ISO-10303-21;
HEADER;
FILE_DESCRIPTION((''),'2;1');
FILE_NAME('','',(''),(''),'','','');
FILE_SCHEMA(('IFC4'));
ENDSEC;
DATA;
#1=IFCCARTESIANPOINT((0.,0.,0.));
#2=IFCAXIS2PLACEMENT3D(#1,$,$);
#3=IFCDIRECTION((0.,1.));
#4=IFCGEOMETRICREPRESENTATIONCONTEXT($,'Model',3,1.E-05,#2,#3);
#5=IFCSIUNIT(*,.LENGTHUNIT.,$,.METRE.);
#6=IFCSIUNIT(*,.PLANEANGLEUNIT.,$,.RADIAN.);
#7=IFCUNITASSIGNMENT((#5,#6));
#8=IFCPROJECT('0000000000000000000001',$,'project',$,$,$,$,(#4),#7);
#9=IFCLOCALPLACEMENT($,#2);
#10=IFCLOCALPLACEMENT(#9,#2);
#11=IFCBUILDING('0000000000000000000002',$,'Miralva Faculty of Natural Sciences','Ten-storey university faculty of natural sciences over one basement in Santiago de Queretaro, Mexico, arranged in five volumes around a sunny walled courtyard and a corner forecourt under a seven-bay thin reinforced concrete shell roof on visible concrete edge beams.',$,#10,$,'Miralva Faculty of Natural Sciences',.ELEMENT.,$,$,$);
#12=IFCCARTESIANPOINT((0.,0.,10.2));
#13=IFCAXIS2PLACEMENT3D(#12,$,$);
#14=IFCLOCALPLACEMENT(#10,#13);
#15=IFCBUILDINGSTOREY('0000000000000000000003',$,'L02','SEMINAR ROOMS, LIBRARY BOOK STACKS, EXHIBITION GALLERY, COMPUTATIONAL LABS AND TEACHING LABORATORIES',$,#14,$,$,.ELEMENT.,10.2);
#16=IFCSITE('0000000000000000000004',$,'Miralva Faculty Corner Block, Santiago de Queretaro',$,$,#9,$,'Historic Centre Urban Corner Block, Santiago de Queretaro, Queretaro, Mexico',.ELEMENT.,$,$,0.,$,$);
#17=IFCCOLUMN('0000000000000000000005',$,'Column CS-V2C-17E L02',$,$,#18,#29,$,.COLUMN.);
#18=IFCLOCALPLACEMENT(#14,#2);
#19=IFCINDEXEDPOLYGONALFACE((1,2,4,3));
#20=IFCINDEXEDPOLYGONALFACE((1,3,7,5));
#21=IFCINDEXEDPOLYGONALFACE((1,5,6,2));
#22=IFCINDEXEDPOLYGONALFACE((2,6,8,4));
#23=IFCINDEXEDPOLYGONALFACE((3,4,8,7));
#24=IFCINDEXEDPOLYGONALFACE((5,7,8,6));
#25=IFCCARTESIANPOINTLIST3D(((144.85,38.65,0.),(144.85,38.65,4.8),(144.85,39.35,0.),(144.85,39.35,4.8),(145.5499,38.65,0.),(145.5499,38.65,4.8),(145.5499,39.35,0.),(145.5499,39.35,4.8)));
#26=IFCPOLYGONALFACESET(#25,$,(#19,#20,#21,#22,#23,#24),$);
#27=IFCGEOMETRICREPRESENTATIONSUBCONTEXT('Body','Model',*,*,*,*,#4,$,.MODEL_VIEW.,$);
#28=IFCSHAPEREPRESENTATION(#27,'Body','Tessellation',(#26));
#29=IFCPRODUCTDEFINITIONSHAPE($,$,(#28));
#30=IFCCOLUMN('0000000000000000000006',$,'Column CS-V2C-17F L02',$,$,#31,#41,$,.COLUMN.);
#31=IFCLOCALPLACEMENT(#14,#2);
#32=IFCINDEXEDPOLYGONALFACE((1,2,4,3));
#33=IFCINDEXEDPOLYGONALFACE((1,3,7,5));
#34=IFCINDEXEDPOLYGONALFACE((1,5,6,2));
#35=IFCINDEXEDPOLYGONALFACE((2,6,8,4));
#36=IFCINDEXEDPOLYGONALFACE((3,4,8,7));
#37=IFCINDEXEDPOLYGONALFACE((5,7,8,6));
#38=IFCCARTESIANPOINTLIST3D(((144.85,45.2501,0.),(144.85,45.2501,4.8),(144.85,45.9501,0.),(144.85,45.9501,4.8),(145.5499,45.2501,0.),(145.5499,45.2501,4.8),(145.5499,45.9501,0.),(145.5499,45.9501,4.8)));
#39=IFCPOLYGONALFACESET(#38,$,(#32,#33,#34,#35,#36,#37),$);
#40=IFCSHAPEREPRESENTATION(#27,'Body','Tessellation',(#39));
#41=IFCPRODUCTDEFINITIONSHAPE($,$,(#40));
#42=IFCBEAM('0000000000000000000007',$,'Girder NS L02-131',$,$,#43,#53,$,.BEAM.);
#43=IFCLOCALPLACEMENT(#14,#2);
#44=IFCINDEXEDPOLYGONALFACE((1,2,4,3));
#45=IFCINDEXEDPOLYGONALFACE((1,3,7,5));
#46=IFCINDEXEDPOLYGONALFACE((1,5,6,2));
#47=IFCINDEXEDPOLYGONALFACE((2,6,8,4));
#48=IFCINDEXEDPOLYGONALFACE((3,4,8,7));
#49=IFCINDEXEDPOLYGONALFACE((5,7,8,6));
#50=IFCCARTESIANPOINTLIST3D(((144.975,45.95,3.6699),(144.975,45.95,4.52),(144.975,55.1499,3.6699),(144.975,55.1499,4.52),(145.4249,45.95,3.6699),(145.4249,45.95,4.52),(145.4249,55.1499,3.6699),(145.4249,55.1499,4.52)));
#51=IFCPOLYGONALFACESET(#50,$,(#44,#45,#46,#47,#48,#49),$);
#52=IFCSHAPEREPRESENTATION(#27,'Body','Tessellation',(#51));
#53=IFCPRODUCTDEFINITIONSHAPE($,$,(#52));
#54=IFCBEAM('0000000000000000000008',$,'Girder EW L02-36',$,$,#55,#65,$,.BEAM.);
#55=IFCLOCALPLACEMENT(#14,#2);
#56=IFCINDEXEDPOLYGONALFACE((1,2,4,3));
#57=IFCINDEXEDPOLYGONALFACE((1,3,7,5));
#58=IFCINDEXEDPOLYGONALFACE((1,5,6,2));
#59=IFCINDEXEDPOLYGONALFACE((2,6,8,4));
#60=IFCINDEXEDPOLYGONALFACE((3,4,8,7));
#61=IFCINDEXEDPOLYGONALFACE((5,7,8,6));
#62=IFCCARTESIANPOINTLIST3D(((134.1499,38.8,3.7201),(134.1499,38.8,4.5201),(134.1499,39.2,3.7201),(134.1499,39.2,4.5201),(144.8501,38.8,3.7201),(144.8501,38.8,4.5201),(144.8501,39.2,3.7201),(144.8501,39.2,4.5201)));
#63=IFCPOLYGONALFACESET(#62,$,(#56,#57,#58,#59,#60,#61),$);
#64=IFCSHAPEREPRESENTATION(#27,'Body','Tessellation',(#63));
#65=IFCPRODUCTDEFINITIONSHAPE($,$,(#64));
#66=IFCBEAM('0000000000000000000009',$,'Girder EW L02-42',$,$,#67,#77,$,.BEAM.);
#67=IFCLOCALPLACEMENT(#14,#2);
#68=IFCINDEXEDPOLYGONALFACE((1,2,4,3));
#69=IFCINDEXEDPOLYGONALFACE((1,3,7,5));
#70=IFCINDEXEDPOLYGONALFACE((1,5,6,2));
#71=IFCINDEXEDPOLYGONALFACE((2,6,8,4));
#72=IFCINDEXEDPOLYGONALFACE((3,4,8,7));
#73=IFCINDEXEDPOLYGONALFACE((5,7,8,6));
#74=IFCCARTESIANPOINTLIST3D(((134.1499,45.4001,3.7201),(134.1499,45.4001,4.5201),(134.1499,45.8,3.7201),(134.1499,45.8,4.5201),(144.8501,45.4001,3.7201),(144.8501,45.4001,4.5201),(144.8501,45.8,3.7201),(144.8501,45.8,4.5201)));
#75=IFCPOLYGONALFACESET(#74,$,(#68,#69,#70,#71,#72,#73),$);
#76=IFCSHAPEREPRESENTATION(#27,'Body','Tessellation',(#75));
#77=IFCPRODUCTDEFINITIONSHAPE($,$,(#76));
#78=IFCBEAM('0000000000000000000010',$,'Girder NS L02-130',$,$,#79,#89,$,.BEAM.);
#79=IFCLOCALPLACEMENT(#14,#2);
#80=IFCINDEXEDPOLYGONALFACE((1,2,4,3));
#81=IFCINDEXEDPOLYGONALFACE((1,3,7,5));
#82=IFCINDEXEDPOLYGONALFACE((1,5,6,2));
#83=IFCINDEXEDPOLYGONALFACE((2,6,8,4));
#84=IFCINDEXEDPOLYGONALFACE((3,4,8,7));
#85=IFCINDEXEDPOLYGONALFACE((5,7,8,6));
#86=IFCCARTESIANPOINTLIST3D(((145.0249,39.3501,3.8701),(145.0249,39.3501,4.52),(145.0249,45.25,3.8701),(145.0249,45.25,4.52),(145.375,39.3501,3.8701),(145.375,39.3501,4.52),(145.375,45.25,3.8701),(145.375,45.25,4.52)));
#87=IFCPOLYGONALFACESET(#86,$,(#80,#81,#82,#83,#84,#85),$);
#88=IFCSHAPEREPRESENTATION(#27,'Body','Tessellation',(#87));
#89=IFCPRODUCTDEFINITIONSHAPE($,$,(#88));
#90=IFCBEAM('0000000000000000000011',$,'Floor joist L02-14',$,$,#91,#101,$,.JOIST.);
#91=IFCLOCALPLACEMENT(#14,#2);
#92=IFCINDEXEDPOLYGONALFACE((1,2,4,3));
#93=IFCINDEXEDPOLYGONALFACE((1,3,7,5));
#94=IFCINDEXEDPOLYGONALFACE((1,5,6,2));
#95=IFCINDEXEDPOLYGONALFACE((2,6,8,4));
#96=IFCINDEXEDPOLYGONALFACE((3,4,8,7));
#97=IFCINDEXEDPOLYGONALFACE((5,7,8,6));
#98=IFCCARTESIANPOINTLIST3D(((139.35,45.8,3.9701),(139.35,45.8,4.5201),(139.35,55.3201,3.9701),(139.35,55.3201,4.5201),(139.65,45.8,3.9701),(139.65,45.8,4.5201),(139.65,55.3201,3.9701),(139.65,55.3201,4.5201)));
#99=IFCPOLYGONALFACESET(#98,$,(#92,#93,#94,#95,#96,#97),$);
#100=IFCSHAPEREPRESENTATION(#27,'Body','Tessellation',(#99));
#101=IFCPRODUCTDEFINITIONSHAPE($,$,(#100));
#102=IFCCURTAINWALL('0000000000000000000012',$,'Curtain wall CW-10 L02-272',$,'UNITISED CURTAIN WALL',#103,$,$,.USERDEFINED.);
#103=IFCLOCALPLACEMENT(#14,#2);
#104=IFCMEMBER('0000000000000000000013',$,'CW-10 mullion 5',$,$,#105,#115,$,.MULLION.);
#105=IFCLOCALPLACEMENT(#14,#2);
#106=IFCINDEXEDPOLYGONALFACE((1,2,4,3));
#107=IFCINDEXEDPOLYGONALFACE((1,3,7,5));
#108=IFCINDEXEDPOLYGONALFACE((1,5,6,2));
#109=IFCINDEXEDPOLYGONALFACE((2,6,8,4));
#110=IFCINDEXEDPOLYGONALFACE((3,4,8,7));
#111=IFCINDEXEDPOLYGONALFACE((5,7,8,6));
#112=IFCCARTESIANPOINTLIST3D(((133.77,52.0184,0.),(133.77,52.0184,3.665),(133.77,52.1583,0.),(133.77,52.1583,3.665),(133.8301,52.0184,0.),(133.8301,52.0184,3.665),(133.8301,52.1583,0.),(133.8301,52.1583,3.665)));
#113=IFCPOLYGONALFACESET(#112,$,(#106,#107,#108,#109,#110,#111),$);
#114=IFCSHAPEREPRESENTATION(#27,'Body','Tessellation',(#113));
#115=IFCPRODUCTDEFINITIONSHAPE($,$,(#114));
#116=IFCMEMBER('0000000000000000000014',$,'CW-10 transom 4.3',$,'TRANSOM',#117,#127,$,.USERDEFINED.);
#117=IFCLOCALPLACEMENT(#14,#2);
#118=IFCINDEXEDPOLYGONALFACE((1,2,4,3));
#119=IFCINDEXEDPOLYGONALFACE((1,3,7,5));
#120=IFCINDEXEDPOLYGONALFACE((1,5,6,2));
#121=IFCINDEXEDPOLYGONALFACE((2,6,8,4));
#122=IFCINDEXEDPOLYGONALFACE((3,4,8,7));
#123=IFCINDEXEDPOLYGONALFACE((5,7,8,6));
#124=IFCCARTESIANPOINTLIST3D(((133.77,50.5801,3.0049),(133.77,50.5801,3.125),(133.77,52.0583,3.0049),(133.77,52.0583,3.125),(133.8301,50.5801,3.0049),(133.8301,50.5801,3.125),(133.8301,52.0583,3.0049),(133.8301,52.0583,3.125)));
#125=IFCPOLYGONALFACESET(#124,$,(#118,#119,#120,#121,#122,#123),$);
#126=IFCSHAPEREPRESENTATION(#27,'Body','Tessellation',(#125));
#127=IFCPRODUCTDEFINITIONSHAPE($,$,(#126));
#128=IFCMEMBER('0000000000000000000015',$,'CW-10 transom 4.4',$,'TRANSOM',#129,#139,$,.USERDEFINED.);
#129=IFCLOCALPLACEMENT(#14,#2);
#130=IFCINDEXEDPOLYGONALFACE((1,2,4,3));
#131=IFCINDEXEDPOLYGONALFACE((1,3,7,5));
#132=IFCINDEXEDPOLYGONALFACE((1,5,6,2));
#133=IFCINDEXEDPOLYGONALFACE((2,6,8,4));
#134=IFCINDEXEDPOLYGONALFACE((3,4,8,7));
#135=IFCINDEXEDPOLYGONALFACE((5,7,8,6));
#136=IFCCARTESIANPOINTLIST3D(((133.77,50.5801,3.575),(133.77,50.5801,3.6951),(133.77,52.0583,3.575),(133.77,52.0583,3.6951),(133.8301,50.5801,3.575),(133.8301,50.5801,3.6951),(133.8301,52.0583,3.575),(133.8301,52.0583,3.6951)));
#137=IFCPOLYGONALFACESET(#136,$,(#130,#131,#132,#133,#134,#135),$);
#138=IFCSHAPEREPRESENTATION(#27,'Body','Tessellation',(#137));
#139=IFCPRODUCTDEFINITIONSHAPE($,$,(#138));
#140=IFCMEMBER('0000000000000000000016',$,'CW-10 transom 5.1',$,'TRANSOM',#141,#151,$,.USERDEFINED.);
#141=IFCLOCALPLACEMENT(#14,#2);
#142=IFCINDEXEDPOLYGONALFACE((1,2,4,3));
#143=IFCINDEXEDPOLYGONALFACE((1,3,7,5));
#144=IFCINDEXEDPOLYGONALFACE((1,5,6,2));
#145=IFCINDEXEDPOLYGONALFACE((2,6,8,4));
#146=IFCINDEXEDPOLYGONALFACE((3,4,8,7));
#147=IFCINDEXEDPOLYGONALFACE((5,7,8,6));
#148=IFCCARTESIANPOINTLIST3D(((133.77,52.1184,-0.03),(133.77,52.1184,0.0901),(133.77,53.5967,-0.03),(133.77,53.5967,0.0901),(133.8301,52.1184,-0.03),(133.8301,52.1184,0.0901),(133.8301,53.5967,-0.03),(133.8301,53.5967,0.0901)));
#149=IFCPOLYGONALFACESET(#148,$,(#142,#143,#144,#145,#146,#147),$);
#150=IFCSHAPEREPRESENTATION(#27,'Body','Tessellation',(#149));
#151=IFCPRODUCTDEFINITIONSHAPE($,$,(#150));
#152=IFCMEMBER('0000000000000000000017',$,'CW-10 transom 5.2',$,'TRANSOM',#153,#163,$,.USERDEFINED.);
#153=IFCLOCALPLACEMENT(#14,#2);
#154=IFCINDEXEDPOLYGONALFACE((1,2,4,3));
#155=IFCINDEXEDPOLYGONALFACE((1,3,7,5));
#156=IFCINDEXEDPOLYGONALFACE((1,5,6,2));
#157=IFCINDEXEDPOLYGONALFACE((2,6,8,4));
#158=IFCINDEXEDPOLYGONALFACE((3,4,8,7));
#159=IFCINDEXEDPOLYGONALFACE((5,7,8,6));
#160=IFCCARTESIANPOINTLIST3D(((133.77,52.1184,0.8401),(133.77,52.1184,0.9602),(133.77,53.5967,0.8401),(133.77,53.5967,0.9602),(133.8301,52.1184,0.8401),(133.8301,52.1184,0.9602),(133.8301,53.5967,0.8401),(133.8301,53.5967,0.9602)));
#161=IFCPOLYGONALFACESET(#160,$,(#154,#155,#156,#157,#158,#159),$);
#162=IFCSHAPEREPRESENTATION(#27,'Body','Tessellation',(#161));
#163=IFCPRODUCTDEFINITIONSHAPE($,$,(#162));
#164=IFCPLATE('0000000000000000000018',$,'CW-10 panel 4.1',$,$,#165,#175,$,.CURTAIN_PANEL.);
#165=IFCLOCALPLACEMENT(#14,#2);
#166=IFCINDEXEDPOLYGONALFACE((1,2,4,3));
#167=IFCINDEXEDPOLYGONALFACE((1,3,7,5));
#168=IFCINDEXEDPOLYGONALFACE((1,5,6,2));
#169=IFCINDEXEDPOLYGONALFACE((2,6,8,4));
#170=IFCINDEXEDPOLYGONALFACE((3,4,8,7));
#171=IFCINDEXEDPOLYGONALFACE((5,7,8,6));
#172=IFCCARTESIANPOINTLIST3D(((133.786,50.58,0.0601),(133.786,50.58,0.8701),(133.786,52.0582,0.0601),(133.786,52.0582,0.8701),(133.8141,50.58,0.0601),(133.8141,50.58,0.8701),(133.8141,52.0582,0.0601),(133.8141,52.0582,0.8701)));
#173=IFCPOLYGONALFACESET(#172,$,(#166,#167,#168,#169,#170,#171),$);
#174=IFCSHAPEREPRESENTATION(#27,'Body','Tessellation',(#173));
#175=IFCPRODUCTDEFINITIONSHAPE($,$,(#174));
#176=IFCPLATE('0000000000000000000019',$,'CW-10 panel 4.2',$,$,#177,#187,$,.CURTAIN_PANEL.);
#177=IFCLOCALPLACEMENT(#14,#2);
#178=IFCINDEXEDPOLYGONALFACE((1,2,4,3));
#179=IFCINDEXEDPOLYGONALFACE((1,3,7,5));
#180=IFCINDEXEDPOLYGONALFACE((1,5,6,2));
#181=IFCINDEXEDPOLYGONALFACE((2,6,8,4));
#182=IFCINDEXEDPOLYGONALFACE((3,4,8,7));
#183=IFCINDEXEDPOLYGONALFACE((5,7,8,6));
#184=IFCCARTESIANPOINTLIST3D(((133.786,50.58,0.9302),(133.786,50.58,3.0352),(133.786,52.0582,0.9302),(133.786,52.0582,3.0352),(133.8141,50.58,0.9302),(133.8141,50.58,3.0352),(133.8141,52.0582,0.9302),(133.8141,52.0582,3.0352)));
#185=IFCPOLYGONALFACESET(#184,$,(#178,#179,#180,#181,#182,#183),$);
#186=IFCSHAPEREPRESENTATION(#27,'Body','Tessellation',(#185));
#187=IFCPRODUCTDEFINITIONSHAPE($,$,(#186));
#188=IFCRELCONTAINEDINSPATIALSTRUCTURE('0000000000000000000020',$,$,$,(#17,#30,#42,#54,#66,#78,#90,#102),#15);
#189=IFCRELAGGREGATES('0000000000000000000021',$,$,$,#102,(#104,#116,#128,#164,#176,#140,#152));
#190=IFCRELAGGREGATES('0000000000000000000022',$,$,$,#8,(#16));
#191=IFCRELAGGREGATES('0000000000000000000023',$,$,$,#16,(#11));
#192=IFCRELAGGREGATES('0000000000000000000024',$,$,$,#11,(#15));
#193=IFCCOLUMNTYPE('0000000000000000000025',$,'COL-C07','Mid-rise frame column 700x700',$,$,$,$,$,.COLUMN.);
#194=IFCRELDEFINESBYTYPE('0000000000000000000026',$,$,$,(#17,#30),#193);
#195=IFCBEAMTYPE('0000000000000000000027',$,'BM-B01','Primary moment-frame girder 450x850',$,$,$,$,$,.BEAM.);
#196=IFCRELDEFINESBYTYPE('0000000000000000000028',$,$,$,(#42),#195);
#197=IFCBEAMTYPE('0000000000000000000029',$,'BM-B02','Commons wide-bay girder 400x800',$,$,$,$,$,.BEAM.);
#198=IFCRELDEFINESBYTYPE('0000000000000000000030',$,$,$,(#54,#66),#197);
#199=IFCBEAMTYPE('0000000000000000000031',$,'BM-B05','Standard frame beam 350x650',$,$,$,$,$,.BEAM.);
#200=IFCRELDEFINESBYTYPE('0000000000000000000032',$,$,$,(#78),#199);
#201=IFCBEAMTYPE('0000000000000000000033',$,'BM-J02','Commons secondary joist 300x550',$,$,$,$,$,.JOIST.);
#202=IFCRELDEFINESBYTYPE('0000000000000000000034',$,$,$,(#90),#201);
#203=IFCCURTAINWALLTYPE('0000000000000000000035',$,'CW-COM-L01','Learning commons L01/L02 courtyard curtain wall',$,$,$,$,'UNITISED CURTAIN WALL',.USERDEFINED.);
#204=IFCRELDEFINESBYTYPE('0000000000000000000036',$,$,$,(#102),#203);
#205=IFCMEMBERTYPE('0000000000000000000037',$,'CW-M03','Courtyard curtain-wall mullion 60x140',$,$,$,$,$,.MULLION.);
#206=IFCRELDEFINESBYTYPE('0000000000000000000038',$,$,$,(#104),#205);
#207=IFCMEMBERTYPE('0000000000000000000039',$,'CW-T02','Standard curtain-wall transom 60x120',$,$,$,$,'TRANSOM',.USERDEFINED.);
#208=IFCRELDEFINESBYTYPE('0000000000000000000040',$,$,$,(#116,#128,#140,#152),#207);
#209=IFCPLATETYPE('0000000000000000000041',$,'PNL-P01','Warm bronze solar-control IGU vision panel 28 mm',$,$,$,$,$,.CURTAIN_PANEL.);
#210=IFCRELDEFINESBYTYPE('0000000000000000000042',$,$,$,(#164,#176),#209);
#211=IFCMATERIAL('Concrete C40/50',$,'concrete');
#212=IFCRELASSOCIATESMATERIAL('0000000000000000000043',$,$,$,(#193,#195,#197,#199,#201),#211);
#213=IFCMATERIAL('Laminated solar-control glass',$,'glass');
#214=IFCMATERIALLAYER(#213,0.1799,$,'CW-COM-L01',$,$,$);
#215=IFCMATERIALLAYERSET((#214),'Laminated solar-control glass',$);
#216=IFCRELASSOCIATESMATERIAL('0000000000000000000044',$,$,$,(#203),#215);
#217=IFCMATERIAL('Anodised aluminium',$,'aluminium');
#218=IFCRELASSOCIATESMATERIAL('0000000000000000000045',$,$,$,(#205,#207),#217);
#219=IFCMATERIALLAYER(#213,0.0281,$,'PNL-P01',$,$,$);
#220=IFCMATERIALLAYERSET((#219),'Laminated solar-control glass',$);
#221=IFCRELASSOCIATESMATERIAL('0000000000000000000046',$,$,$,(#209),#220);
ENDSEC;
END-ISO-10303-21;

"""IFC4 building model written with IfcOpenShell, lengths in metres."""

from ifc_helpers import new_model, si_unit, direction, frame, origin, origin_2d, place, context, subcontext, project, spatial, rectangle, extrude, material, layer, layer_set, material_profile, profile_set, type_object, element, aggregate, save


model = new_model("IFC4")

# Units and contexts
model_context = context("Model", 3, precision=1e-05, world=origin(), true_north=direction((0.0, 1.0)))
body_context = subcontext(model_context, "Body", "Model", "MODEL_VIEW")
ifc_project = project(units=[si_unit("LENGTHUNIT", "METRE"), si_unit("PLANEANGLEUNIT", "RADIAN")], contexts=[model_context])

# Site, building, storey
site_placement = place(None, origin())
site = spatial("IfcSite", under=ifc_project, at=site_placement, Name="Miralva Faculty Corner Block, Santiago de Queretaro", LongName="Historic Centre Urban Corner Block, Santiago de Queretaro, Queretaro, Mexico", CompositionType="ELEMENT", RefElevation=0.0)
building_placement = place(site_placement, origin())
building = spatial("IfcBuilding", under=site, at=building_placement, Name="Miralva Faculty of Natural Sciences", Description="Ten-storey university faculty of natural sciences over one basement in Santiago de Queretaro, Mexico, arranged in five volumes around a sunny walled courtyard and a corner forecourt under a seven-bay thin reinforced concrete shell roof on visible concrete edge beams.", LongName="Miralva Faculty of Natural Sciences", CompositionType="ELEMENT")
storey_placement = place(building_placement, frame((0.0, 0.0, 10.2)))
storey = spatial("IfcBuildingStorey", under=building, at=storey_placement, Name="L02", Description="SEMINAR ROOMS, LIBRARY BOOK STACKS, EXHIBITION GALLERY, COMPUTATIONAL LABS AND TEACHING LABORATORIES", CompositionType="ELEMENT", Elevation=10.2)

# Columns
ifc_material_1 = material(Name="Concrete C40/50", Category="concrete")
ifc_material_profile_1 = material_profile(ifc_material_1, rectangle(XDim=0.7, YDim=0.7, at=origin_2d()), Name="RC 700x700")
ifc_profile_set_1 = profile_set([ifc_material_profile_1], Name="Concrete C40/50")
column_type = type_object("IfcColumnType", Name="COL-C07", Description="Mid-rise frame column 700x700", PredefinedType="COLUMN", material=ifc_profile_set_1)
for number, where, z_axis, x_axis, name in (
    (1, (145.2, 39.0, 0.0), (0.0, 0.0, 1.0), (1.0, 0.0, 0.0), "Column CS-V2C-17E L02"),
    (2, (145.2, 45.6001, 0.0), (0.0, 0.0, 1.0), (1.0, 0.0, 0.0), "Column CS-V2C-17F L02"),
):
    element("IfcColumn", number, at=place(storey_placement, frame(where, z_axis=z_axis, x_axis=x_axis)), inside=storey, type_object=column_type, Name=name, PredefinedType="COLUMN", context=body_context, shape_type="SweptSolid", body=[
        extrude(rectangle(XDim=0.7, YDim=0.7, at=origin_2d()), origin(), (0.0, 0.0, 1.0), 4.8),
    ])

# Beams
ifc_material_profile_2 = material_profile(ifc_material_1, rectangle(XDim=0.45, YDim=0.8501, at=origin_2d()), Name="RC 450x850")
ifc_profile_set_2 = profile_set([ifc_material_profile_2], Name="Concrete C40/50")
beam_type_1 = type_object("IfcBeamType", Name="BM-B01", Description="Primary moment-frame girder 450x850", PredefinedType="BEAM", material=ifc_profile_set_2)
beam_1_placement = place(storey_placement, frame((145.2, 45.95, 4.095), z_axis=(0.0, 1.0, 0.0), x_axis=(-1.0, 0.0, 0.0)))
element("IfcBeam", 3, at=beam_1_placement, inside=storey, type_object=beam_type_1, Name="Girder NS L02-131", PredefinedType="BEAM", context=body_context, shape_type="SweptSolid", body=[
    extrude(rectangle(XDim=0.45, YDim=0.8501, at=origin_2d()), origin(), (0.0, 0.0, 1.0), 9.2),
])
ifc_material_profile_3 = material_profile(ifc_material_1, rectangle(XDim=0.3999, YDim=0.8, at=origin_2d()), Name="RC 400x800")
ifc_profile_set_3 = profile_set([ifc_material_profile_3], Name="Concrete C40/50")
beam_type_2 = type_object("IfcBeamType", Name="BM-B02", Description="Commons wide-bay girder 400x800", PredefinedType="BEAM", material=ifc_profile_set_3)
for number, where, z_axis, x_axis, name in (
    (4, (134.1499, 39.0, 4.1201), (1.0, 0.0, 0.0), (0.0, 1.0, 0.0), "Girder EW L02-36"),
    (5, (134.1499, 45.6001, 4.1201), (1.0, 0.0, 0.0), (0.0, 1.0, 0.0), "Girder EW L02-42"),
):
    element("IfcBeam", number, at=place(storey_placement, frame(where, z_axis=z_axis, x_axis=x_axis)), inside=storey, type_object=beam_type_2, Name=name, PredefinedType="BEAM", context=body_context, shape_type="SweptSolid", body=[
        extrude(rectangle(XDim=0.3999, YDim=0.8, at=origin_2d()), origin(), (0.0, 0.0, 1.0), 10.7002),
    ])
ifc_material_profile_4 = material_profile(ifc_material_1, rectangle(XDim=0.3501, YDim=0.6499, at=origin_2d()), Name="RC 350x650")
ifc_profile_set_4 = profile_set([ifc_material_profile_4], Name="Concrete C40/50")
beam_type_3 = type_object("IfcBeamType", Name="BM-B05", Description="Standard frame beam 350x650", PredefinedType="BEAM", material=ifc_profile_set_4)
beam_2_placement = place(storey_placement, frame((145.2, 39.3501, 4.1951), z_axis=(0.0, 1.0, 0.0), x_axis=(-1.0, 0.0, 0.0)))
element("IfcBeam", 6, at=beam_2_placement, inside=storey, type_object=beam_type_3, Name="Girder NS L02-130", PredefinedType="BEAM", context=body_context, shape_type="SweptSolid", body=[
    extrude(rectangle(XDim=0.3501, YDim=0.6499, at=origin_2d()), origin(), (0.0, 0.0, 1.0), 5.8999),
])
ifc_material_profile_5 = material_profile(ifc_material_1, rectangle(XDim=0.3, YDim=0.55, at=origin_2d()), Name="RC 300x550")
ifc_profile_set_5 = profile_set([ifc_material_profile_5], Name="Concrete C40/50")
beam_type_4 = type_object("IfcBeamType", Name="BM-J02", Description="Commons secondary joist 300x550", PredefinedType="JOIST", material=ifc_profile_set_5)
beam_3_placement = place(storey_placement, frame((139.5, 45.8, 4.2451), z_axis=(0.0, 1.0, 0.0), x_axis=(-1.0, 0.0, 0.0)))
element("IfcBeam", 7, at=beam_3_placement, inside=storey, type_object=beam_type_4, Name="Floor joist L02-14", PredefinedType="JOIST", context=body_context, shape_type="SweptSolid", body=[
    extrude(rectangle(XDim=0.3, YDim=0.55, at=origin_2d()), origin(), (0.0, 0.0, 1.0), 9.52),
])

# Curtain wall, members, plates
ifc_material_2 = material(Name="Laminated solar-control glass", Category="glass")
ifc_layer_1 = layer(ifc_material_2, 0.1799, Name="CW-COM-L01")
ifc_layer_set_1 = layer_set([ifc_layer_1], Name="Laminated solar-control glass")
curtain_wall_type = type_object("IfcCurtainWallType", Name="CW-COM-L01", Description="Learning commons L01/L02 courtyard curtain wall", ElementType="UNITISED CURTAIN WALL", PredefinedType="USERDEFINED", material=ifc_layer_set_1)
curtain_wall_placement = place(storey_placement, origin())
curtain_wall = element("IfcCurtainWall", 8, at=curtain_wall_placement, inside=storey, type_object=curtain_wall_type, Name="Curtain wall CW-10 L02-272", ObjectType="UNITISED CURTAIN WALL", PredefinedType="USERDEFINED")
ifc_material_3 = material(Name="Anodised aluminium", Category="aluminium")
ifc_material_profile_6 = material_profile(ifc_material_3, rectangle(XDim=0.0601, YDim=0.1399, at=origin_2d()), Name="MULLION 60x140")
ifc_profile_set_6 = profile_set([ifc_material_profile_6], Name="Anodised aluminium")
member_type_1 = type_object("IfcMemberType", Name="CW-M03", Description="Courtyard curtain-wall mullion 60x140", PredefinedType="MULLION", material=ifc_profile_set_6)
member_1_placement = place(storey_placement, frame((133.8, 52.0884, 0.0), z_axis=(0.0, 0.0, 1.0), x_axis=(-1.0, 0.0, 0.0)))
member_1 = element("IfcMember", 9, at=member_1_placement, type_object=member_type_1, Name="CW-10 mullion 5", PredefinedType="MULLION", context=body_context, shape_type="SweptSolid", body=[
    extrude(rectangle(XDim=0.0601, YDim=0.1399, at=origin_2d()), origin(), (0.0, 0.0, 1.0), 3.665),
])
ifc_material_profile_7 = material_profile(ifc_material_3, rectangle(XDim=0.0601, YDim=0.1201, at=origin_2d()), Name="TRANSOM 60x120")
ifc_profile_set_7 = profile_set([ifc_material_profile_7], Name="Anodised aluminium")
member_type_2 = type_object("IfcMemberType", Name="CW-T02", Description="Standard curtain-wall transom 60x120", ElementType="TRANSOM", PredefinedType="USERDEFINED", material=ifc_profile_set_7)
member_2_placement = place(storey_placement, frame((133.8, 50.5801, 3.0649), z_axis=(0.0, 1.0, 0.0), x_axis=(-1.0, 0.0, 0.0)))
member_2 = element("IfcMember", 10, at=member_2_placement, type_object=member_type_2, Name="CW-10 transom 4.3", ObjectType="TRANSOM", PredefinedType="USERDEFINED", context=body_context, shape_type="SweptSolid", body=[
    extrude(rectangle(XDim=0.0601, YDim=0.1201, at=origin_2d()), origin(), (0.0, 0.0, 1.0), 1.4783),
])
member_3_placement = place(storey_placement, frame((133.8, 50.5801, 3.635), z_axis=(0.0, 1.0, 0.0), x_axis=(-1.0, 0.0, 0.0)))
member_3 = element("IfcMember", 11, at=member_3_placement, type_object=member_type_2, Name="CW-10 transom 4.4", ObjectType="TRANSOM", PredefinedType="USERDEFINED", context=body_context, shape_type="SweptSolid", body=[
    extrude(rectangle(XDim=0.0601, YDim=0.1201, at=origin_2d()), origin(), (0.0, 0.0, 1.0), 1.4783),
])
member_4_placement = place(storey_placement, frame((133.8, 52.1184, 0.03), z_axis=(0.0, 1.0, 0.0), x_axis=(-1.0, 0.0, 0.0)))
member_4 = element("IfcMember", 12, at=member_4_placement, type_object=member_type_2, Name="CW-10 transom 5.1", ObjectType="TRANSOM", PredefinedType="USERDEFINED", context=body_context, shape_type="SweptSolid", body=[
    extrude(rectangle(XDim=0.0601, YDim=0.1201, at=origin_2d()), origin(), (0.0, 0.0, 1.0), 1.4783),
])
member_5_placement = place(storey_placement, frame((133.8, 52.1184, 0.9001), z_axis=(0.0, 1.0, 0.0), x_axis=(-1.0, 0.0, 0.0)))
member_5 = element("IfcMember", 13, at=member_5_placement, type_object=member_type_2, Name="CW-10 transom 5.2", ObjectType="TRANSOM", PredefinedType="USERDEFINED", context=body_context, shape_type="SweptSolid", body=[
    extrude(rectangle(XDim=0.0601, YDim=0.1201, at=origin_2d()), origin(), (0.0, 0.0, 1.0), 1.4783),
])
ifc_layer_2 = layer(ifc_material_2, 0.0281, Name="PNL-P01")
ifc_layer_set_2 = layer_set([ifc_layer_2], Name="Laminated solar-control glass")
plate_type = type_object("IfcPlateType", Name="PNL-P01", Description="Warm bronze solar-control IGU vision panel 28 mm", PredefinedType="CURTAIN_PANEL", material=ifc_layer_set_2)
plate_1_placement = place(storey_placement, frame((133.8, 51.3191, 0.0601), z_axis=(0.0, 0.0, 1.0), x_axis=(0.0, 1.0, 0.0)))
plate_1 = element("IfcPlate", 14, at=plate_1_placement, type_object=plate_type, Name="CW-10 panel 4.1", PredefinedType="CURTAIN_PANEL", context=body_context, shape_type="SweptSolid", body=[
    extrude(rectangle(XDim=1.4783, YDim=0.0281, at=origin_2d()), origin(), (0.0, 0.0, 1.0), 0.8101),
])
plate_2_placement = place(storey_placement, frame((133.8, 51.3191, 0.9302), z_axis=(0.0, 0.0, 1.0), x_axis=(0.0, 1.0, 0.0)))
plate_2 = element("IfcPlate", 15, at=plate_2_placement, type_object=plate_type, Name="CW-10 panel 4.2", PredefinedType="CURTAIN_PANEL", context=body_context, shape_type="SweptSolid", body=[
    extrude(rectangle(XDim=1.4783, YDim=0.0281, at=origin_2d()), origin(), (0.0, 0.0, 1.0), 2.105),
])
aggregate(curtain_wall, [member_1, member_2, member_3, plate_1, plate_2, member_4, member_5])

save(model, "model.ifc")
